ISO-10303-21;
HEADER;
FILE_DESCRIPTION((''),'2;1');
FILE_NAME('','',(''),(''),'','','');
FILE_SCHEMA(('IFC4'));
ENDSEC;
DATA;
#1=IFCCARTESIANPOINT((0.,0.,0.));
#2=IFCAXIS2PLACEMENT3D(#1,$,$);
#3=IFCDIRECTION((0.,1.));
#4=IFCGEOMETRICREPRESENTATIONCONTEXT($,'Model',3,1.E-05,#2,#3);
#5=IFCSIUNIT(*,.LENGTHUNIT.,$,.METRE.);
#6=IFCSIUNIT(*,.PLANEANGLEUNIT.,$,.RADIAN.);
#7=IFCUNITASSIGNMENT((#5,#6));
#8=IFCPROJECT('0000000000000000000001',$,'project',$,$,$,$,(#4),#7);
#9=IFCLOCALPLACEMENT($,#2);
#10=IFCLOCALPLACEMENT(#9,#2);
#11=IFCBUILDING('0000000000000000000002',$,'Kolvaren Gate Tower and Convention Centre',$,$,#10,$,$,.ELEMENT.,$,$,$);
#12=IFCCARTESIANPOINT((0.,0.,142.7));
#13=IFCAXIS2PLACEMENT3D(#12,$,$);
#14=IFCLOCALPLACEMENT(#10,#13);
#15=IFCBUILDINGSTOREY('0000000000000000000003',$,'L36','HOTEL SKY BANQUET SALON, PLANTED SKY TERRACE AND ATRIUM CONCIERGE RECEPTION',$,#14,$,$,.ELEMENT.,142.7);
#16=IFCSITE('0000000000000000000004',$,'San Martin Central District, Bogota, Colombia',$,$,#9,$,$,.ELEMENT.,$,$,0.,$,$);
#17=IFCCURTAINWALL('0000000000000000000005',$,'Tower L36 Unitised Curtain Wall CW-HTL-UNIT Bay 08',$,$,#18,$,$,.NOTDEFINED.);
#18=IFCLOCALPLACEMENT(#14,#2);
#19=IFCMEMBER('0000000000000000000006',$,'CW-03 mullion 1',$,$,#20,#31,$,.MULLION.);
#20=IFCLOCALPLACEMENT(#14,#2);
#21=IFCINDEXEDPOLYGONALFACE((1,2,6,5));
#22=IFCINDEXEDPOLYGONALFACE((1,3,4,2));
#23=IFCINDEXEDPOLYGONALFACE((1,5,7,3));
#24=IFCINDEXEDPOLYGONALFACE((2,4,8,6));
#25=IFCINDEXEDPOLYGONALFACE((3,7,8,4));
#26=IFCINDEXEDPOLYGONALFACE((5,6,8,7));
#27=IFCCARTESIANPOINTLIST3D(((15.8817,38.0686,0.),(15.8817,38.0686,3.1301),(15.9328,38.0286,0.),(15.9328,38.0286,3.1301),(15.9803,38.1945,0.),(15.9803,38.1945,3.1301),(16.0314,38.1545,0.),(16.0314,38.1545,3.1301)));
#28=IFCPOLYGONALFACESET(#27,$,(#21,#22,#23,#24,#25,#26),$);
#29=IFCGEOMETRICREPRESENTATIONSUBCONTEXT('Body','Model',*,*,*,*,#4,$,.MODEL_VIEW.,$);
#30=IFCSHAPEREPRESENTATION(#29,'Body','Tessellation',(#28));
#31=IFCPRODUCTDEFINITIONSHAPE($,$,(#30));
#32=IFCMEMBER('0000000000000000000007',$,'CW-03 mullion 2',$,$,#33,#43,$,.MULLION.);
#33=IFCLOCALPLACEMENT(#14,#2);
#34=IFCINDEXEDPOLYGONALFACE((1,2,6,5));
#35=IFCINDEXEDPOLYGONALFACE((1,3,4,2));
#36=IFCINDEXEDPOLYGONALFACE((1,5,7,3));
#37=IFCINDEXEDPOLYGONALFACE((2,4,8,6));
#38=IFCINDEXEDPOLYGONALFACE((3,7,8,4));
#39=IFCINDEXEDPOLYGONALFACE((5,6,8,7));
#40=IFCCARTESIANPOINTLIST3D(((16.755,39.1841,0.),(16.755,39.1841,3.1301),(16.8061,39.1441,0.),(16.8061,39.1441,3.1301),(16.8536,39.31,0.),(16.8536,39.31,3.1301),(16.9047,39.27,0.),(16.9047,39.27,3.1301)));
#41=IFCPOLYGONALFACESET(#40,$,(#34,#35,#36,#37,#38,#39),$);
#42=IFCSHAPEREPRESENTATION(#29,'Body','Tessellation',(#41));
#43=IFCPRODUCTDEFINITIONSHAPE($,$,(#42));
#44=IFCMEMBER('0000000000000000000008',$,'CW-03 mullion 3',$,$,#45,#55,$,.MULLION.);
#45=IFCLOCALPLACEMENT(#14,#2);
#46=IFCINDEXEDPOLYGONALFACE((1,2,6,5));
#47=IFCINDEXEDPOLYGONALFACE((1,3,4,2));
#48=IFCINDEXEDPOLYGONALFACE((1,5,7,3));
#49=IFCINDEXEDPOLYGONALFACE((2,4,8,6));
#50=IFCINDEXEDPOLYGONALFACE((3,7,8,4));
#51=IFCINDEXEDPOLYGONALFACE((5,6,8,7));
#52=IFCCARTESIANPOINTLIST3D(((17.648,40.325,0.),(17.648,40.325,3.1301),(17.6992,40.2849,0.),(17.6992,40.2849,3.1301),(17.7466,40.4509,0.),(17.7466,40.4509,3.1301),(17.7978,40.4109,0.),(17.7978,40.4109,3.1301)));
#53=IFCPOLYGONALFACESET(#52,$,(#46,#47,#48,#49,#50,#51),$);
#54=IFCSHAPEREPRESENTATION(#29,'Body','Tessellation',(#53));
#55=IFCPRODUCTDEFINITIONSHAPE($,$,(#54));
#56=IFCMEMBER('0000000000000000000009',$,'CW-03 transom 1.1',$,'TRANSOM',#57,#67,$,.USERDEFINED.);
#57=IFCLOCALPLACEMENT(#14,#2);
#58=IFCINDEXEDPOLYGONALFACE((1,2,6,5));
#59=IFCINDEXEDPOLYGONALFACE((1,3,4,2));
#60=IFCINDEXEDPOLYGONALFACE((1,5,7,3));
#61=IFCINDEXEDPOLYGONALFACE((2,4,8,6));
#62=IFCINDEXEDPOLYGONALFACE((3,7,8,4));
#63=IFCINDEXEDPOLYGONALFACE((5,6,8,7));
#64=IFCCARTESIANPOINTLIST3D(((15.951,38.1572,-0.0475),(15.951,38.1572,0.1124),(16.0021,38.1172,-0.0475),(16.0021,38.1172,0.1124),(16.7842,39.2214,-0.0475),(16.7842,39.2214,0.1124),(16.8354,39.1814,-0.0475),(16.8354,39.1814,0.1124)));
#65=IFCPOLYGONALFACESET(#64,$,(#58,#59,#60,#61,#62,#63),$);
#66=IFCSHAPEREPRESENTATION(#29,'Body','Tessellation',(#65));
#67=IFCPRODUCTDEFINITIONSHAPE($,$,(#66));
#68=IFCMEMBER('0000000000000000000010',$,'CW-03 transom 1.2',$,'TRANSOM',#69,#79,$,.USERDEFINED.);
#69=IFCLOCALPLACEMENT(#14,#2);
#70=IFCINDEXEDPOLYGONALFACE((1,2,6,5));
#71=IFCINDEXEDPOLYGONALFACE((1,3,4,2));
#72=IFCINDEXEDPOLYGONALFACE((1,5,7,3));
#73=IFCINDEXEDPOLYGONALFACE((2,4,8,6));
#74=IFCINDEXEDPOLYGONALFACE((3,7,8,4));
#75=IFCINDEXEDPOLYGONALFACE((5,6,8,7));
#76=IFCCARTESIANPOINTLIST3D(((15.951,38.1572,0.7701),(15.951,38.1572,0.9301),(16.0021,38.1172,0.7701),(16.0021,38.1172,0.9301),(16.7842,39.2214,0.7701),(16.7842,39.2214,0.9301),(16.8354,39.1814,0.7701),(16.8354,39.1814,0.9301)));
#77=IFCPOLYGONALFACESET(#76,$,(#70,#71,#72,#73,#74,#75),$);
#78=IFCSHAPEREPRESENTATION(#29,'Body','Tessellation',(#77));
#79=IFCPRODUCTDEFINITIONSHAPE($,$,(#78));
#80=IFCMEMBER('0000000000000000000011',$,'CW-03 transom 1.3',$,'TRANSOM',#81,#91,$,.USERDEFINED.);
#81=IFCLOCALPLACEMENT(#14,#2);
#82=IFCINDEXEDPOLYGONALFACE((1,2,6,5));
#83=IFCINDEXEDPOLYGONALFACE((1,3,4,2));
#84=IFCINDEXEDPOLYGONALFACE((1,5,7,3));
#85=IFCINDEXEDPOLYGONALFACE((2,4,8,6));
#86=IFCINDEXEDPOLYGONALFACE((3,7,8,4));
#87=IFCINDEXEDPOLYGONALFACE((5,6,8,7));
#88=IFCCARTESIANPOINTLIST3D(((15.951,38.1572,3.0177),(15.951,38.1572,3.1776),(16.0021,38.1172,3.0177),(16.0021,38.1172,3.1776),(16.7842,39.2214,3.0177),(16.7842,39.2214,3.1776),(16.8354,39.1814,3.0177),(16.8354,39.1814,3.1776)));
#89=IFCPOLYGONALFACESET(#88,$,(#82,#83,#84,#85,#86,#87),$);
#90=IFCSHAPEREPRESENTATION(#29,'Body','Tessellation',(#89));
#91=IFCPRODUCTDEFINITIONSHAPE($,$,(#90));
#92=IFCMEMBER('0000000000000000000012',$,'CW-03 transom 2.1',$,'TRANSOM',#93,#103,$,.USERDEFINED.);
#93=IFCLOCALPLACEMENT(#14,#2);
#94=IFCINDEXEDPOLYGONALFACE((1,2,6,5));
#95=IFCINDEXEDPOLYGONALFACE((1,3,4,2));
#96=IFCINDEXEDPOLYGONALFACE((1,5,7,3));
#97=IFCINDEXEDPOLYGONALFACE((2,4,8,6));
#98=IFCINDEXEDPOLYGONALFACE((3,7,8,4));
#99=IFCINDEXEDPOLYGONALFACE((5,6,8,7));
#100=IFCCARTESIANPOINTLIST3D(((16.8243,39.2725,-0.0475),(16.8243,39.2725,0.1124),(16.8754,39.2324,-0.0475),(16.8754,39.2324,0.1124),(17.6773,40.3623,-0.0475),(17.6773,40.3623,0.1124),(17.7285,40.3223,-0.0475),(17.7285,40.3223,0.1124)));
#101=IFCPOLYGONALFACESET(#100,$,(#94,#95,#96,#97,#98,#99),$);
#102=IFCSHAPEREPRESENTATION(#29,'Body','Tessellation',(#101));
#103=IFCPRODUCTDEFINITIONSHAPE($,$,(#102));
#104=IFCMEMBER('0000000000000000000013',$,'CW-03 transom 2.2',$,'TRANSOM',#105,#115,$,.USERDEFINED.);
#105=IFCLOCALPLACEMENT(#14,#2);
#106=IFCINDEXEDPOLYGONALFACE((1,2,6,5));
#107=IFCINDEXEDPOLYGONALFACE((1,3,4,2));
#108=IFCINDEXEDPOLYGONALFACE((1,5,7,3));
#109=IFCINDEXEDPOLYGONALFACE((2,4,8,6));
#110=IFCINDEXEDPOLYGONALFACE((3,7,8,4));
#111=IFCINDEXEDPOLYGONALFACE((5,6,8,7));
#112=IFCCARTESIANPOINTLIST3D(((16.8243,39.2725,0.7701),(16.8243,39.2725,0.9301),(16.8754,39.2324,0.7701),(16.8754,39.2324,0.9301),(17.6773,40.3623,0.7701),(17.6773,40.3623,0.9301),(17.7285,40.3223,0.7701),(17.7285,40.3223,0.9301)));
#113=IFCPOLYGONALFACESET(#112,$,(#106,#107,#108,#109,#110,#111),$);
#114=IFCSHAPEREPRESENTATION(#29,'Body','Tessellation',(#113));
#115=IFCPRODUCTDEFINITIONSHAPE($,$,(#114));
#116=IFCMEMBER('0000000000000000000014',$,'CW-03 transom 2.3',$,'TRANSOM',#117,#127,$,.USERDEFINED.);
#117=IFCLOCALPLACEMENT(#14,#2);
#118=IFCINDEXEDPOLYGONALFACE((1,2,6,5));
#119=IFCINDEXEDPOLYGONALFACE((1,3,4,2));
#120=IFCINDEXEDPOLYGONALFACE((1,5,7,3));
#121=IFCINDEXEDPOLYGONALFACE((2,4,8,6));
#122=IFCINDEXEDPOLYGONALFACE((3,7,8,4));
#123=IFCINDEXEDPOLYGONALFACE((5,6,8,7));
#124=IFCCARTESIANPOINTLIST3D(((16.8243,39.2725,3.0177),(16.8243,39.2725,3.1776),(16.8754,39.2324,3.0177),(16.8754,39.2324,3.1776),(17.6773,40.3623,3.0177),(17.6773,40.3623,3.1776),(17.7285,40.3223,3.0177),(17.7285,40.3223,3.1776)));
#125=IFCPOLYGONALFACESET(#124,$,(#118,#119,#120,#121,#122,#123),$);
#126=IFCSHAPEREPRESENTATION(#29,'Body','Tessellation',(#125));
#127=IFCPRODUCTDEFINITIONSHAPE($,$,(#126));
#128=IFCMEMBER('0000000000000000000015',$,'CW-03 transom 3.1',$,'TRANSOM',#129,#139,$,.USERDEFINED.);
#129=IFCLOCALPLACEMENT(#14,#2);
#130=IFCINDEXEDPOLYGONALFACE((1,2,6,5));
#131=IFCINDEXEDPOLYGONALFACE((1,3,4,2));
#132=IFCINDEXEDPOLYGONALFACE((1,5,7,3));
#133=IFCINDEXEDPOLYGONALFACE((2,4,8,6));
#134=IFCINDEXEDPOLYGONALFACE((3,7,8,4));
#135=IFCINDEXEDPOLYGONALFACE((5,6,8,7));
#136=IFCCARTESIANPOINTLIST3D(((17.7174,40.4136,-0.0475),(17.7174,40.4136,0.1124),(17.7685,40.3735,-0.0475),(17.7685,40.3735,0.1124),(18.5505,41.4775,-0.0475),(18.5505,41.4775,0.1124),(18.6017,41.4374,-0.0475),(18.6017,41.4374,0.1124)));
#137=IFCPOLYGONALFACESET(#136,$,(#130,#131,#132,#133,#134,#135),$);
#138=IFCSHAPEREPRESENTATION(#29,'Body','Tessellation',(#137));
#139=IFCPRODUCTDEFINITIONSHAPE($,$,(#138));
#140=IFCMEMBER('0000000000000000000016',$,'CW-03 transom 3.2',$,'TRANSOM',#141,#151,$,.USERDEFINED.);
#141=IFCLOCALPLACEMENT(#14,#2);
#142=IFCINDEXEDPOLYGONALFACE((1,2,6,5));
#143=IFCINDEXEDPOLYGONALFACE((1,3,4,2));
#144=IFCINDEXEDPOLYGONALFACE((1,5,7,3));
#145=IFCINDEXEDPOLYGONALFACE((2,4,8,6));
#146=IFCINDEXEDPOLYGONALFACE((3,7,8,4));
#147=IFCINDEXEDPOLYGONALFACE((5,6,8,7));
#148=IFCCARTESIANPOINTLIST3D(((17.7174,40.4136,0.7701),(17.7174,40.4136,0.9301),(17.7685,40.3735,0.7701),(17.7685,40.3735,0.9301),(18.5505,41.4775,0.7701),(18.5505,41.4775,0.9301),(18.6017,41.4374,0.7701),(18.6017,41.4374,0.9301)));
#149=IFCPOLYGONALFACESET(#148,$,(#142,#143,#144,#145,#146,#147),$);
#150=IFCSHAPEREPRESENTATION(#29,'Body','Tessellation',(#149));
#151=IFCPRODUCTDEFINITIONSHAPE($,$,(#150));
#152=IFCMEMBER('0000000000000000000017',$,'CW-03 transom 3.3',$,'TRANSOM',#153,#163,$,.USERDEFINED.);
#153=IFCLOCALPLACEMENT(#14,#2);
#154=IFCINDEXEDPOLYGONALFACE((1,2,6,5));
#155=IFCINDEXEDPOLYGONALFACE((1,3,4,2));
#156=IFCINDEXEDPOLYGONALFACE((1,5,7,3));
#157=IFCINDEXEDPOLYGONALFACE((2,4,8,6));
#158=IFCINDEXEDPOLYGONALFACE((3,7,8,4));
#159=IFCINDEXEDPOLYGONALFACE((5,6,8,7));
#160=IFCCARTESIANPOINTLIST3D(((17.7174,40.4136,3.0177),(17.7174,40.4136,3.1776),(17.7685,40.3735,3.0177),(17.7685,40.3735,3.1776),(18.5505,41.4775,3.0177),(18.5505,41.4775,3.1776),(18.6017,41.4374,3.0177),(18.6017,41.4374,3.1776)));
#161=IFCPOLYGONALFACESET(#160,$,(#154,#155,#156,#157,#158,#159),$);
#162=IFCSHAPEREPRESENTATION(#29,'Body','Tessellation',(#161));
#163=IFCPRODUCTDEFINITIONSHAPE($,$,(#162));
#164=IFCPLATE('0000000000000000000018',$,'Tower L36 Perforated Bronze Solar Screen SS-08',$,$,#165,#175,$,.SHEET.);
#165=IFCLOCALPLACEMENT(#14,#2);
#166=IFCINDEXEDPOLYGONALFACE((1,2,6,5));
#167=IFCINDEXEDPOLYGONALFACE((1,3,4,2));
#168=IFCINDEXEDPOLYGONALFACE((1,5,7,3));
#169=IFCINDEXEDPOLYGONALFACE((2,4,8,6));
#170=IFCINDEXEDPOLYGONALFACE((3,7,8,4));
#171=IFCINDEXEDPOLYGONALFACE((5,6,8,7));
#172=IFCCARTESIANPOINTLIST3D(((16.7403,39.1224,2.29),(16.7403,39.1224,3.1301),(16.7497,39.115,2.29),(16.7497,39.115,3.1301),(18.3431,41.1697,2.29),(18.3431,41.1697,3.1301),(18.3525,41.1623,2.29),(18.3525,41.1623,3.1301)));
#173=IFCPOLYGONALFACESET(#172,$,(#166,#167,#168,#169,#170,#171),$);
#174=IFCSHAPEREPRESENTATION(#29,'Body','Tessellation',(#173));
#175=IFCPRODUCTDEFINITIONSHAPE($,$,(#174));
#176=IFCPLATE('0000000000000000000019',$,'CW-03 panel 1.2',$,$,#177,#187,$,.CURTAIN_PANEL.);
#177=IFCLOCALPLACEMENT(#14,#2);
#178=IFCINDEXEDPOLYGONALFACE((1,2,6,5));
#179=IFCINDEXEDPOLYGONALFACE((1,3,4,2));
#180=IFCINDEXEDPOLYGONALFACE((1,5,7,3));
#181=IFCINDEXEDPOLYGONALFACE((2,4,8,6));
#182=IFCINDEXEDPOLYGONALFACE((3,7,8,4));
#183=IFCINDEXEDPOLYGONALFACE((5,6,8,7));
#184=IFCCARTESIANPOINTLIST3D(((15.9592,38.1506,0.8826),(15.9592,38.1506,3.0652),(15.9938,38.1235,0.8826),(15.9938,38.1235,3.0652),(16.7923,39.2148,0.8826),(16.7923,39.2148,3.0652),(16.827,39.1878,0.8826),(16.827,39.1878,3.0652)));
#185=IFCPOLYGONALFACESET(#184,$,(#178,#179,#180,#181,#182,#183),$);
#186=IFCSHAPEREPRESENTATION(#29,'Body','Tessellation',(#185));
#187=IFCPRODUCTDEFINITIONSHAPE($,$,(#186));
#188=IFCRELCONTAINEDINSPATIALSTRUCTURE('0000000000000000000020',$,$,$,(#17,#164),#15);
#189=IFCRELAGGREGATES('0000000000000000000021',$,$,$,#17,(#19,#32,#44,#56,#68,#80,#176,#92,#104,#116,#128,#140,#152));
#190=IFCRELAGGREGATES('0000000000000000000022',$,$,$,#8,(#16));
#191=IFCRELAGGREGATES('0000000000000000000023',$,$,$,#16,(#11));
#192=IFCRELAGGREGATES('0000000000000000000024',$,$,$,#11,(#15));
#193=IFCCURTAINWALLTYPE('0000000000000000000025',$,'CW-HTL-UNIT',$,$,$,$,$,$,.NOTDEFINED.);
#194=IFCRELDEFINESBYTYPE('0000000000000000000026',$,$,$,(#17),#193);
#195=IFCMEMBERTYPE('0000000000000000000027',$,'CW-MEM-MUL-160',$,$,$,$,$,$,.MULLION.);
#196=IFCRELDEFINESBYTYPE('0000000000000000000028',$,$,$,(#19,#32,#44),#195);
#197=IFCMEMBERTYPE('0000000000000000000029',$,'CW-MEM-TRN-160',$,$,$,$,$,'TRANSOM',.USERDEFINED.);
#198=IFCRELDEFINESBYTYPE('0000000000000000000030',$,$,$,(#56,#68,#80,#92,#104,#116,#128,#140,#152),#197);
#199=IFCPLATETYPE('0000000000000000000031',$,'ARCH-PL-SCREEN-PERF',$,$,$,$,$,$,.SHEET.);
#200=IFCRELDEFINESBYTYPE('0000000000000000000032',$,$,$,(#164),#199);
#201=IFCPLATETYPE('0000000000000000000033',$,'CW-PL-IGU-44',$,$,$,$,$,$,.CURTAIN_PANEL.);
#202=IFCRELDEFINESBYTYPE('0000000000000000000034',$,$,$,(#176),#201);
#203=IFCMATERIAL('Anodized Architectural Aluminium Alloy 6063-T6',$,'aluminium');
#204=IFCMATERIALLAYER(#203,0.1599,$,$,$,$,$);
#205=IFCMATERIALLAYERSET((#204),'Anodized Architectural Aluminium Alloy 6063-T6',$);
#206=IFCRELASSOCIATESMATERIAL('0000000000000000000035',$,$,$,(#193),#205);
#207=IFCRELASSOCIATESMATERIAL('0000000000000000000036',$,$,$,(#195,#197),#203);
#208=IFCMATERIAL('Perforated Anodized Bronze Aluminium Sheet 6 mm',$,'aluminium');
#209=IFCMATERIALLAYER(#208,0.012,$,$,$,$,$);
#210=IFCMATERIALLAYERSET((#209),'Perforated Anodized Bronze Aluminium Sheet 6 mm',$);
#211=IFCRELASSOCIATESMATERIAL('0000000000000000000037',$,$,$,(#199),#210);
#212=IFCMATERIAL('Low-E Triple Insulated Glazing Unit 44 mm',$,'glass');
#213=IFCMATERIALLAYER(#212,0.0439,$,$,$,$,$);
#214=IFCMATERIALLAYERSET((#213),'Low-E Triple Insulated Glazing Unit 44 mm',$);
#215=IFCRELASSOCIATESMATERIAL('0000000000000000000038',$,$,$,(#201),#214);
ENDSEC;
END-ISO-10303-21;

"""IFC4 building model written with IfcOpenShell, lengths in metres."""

from ifc_helpers import new_model, si_unit, direction, frame, origin, origin_2d, place, context, subcontext, project, spatial, rectangle, extrude, material, layer, layer_set, material_profile, profile_set, type_object, element, aggregate, save


model = new_model("IFC4")

# Units and contexts
model_context = context("Model", 3, precision=1e-05, world=origin(), true_north=direction((0.0, 1.0)))
body_context = subcontext(model_context, "Body", "Model", "MODEL_VIEW")
ifc_project = project(units=[si_unit("LENGTHUNIT", "METRE"), si_unit("PLANEANGLEUNIT", "RADIAN")], contexts=[model_context])

# Site, building, storey
site_placement = place(None, origin())
site = spatial("IfcSite", under=ifc_project, at=site_placement, Name="San Martin Central District, Bogota, Colombia", CompositionType="ELEMENT", RefElevation=0.0)
building_placement = place(site_placement, origin())
building = spatial("IfcBuilding", under=site, at=building_placement, Name="Kolvaren Gate Tower and Convention Centre", CompositionType="ELEMENT")
storey_placement = place(building_placement, frame((0.0, 0.0, 142.7)))
storey = spatial("IfcBuildingStorey", under=building, at=storey_placement, Name="L36", Description="HOTEL SKY BANQUET SALON, PLANTED SKY TERRACE AND ATRIUM CONCIERGE RECEPTION", CompositionType="ELEMENT", Elevation=142.7)

# Curtain wall, members
ifc_material_1 = material(Name="Anodized Architectural Aluminium Alloy 6063-T6", Category="aluminium")
ifc_layer_1 = layer(ifc_material_1, 0.1599)
ifc_layer_set_1 = layer_set([ifc_layer_1], Name="Anodized Architectural Aluminium Alloy 6063-T6")
curtain_wall_type = type_object("IfcCurtainWallType", Name="CW-HTL-UNIT", PredefinedType="NOTDEFINED", material=ifc_layer_set_1)
curtain_wall_placement = place(storey_placement, origin())
curtain_wall = element("IfcCurtainWall", 1, at=curtain_wall_placement, inside=storey, type_object=curtain_wall_type, Name="Tower L36 Unitised Curtain Wall CW-HTL-UNIT Bay 08", PredefinedType="NOTDEFINED")
ifc_material_profile_1 = material_profile(ifc_material_1, rectangle(XDim=0.0649, YDim=0.1599, at=origin_2d()), Name="CW-MEM-MUL-160")
ifc_profile_set_1 = profile_set([ifc_material_profile_1], Name="Anodized Architectural Aluminium Alloy 6063-T6")
member_type_1 = type_object("IfcMemberType", Name="CW-MEM-MUL-160", PredefinedType="MULLION", material=ifc_profile_set_1)
member_1_placement = place(storey_placement, frame((15.9565, 38.1116, 0.0), z_axis=(0.0, 0.0, 1.0), x_axis=(-0.787395, 0.616449, 0.0)))
member_1 = element("IfcMember", 2, at=member_1_placement, type_object=member_type_1, Name="CW-03 mullion 1", PredefinedType="MULLION", context=body_context, shape_type="SweptSolid", body=[
    extrude(rectangle(XDim=0.0649, YDim=0.1599, at=origin_2d()), origin(), (0.0, 0.0, 1.0), 3.1301),
])
member_2_placement = place(storey_placement, frame((16.8298, 39.2271, 0.0), z_axis=(0.0, 0.0, 1.0), x_axis=(-0.787395, 0.616449, 0.0)))
member_2 = element("IfcMember", 3, at=member_2_placement, type_object=member_type_1, Name="CW-03 mullion 2", PredefinedType="MULLION", context=body_context, shape_type="SweptSolid", body=[
    extrude(rectangle(XDim=0.0649, YDim=0.1599, at=origin_2d()), origin(), (0.0, 0.0, 1.0), 3.1301),
])
member_3_placement = place(storey_placement, frame((17.7229, 40.3679, 0.0), z_axis=(0.0, 0.0, 1.0), x_axis=(-0.787395, 0.616449, 0.0)))
member_3 = element("IfcMember", 4, at=member_3_placement, type_object=member_type_1, Name="CW-03 mullion 3", PredefinedType="MULLION", context=body_context, shape_type="SweptSolid", body=[
    extrude(rectangle(XDim=0.0649, YDim=0.1599, at=origin_2d()), origin(), (0.0, 0.0, 1.0), 3.1301),
])
ifc_material_profile_2 = material_profile(ifc_material_1, rectangle(XDim=0.0649, YDim=0.1599, at=origin_2d()), Name="CW-MEM-TRN-160")
ifc_profile_set_2 = profile_set([ifc_material_profile_2], Name="Anodized Architectural Aluminium Alloy 6063-T6")
member_type_2 = type_object("IfcMemberType", Name="CW-MEM-TRN-160", ElementType="TRANSOM", PredefinedType="USERDEFINED", material=ifc_profile_set_2)
member_4_placement = place(storey_placement, frame((15.9766, 38.1372, 0.0325), z_axis=(0.616488, 0.787364, 0.0), x_axis=(-0.787364, 0.616488, 0.0)))
member_4 = element("IfcMember", 5, at=member_4_placement, type_object=member_type_2, Name="CW-03 transom 1.1", ObjectType="TRANSOM", PredefinedType="USERDEFINED", context=body_context, shape_type="SweptSolid", body=[
    extrude(rectangle(XDim=0.0649, YDim=0.1599, at=origin_2d()), origin(), (0.0, 0.0, 1.0), 1.3516),
])
member_5_placement = place(storey_placement, frame((15.9766, 38.1372, 0.8501), z_axis=(0.616488, 0.787364, 0.0), x_axis=(-0.787364, 0.616488, 0.0)))
member_5 = element("IfcMember", 6, at=member_5_placement, type_object=member_type_2, Name="CW-03 transom 1.2", ObjectType="TRANSOM", PredefinedType="USERDEFINED", context=body_context, shape_type="SweptSolid", body=[
    extrude(rectangle(XDim=0.0649, YDim=0.1599, at=origin_2d()), origin(), (0.0, 0.0, 1.0), 1.3516),
])
member_6_placement = place(storey_placement, frame((15.9766, 38.1372, 3.0977), z_axis=(0.616488, 0.787364, 0.0), x_axis=(-0.787364, 0.616488, 0.0)))
member_6 = element("IfcMember", 7, at=member_6_placement, type_object=member_type_2, Name="CW-03 transom 1.3", ObjectType="TRANSOM", PredefinedType="USERDEFINED", context=body_context, shape_type="SweptSolid", body=[
    extrude(rectangle(XDim=0.0649, YDim=0.1599, at=origin_2d()), origin(), (0.0, 0.0, 1.0), 1.3516),
])
member_7_placement = place(storey_placement, frame((16.8499, 39.2524, 0.0325), z_axis=(0.616356, 0.787468, 0.0), x_axis=(-0.787468, 0.616356, 0.0)))
member_7 = element("IfcMember", 8, at=member_7_placement, type_object=member_type_2, Name="CW-03 transom 2.1", ObjectType="TRANSOM", PredefinedType="USERDEFINED", context=body_context, shape_type="SweptSolid", body=[
    extrude(rectangle(XDim=0.0649, YDim=0.1599, at=origin_2d()), origin(), (0.0, 0.0, 1.0), 1.384),
])
member_8_placement = place(storey_placement, frame((16.8499, 39.2524, 0.8501), z_axis=(0.616356, 0.787468, 0.0), x_axis=(-0.787468, 0.616356, 0.0)))
member_8 = element("IfcMember", 9, at=member_8_placement, type_object=member_type_2, Name="CW-03 transom 2.2", ObjectType="TRANSOM", PredefinedType="USERDEFINED", context=body_context, shape_type="SweptSolid", body=[
    extrude(rectangle(XDim=0.0649, YDim=0.1599, at=origin_2d()), origin(), (0.0, 0.0, 1.0), 1.384),
])
member_9_placement = place(storey_placement, frame((16.8499, 39.2524, 3.0977), z_axis=(0.616356, 0.787468, 0.0), x_axis=(-0.787468, 0.616356, 0.0)))
member_9 = element("IfcMember", 10, at=member_9_placement, type_object=member_type_2, Name="CW-03 transom 2.3", ObjectType="TRANSOM", PredefinedType="USERDEFINED", context=body_context, shape_type="SweptSolid", body=[
    extrude(rectangle(XDim=0.0649, YDim=0.1599, at=origin_2d()), origin(), (0.0, 0.0, 1.0), 1.384),
])
member_10_placement = place(storey_placement, frame((17.7429, 40.3936, 0.0325), z_axis=(0.616576, 0.787295, 0.0), x_axis=(-0.787295, 0.616576, 0.0)))
member_10 = element("IfcMember", 11, at=member_10_placement, type_object=member_type_2, Name="CW-03 transom 3.1", ObjectType="TRANSOM", PredefinedType="USERDEFINED", context=body_context, shape_type="SweptSolid", body=[
    extrude(rectangle(XDim=0.0649, YDim=0.1599, at=origin_2d()), origin(), (0.0, 0.0, 1.0), 1.3513),
])
member_11_placement = place(storey_placement, frame((17.7429, 40.3936, 0.8501), z_axis=(0.616576, 0.787295, 0.0), x_axis=(-0.787295, 0.616576, 0.0)))
member_11 = element("IfcMember", 12, at=member_11_placement, type_object=member_type_2, Name="CW-03 transom 3.2", ObjectType="TRANSOM", PredefinedType="USERDEFINED", context=body_context, shape_type="SweptSolid", body=[
    extrude(rectangle(XDim=0.0649, YDim=0.1599, at=origin_2d()), origin(), (0.0, 0.0, 1.0), 1.3513),
])
member_12_placement = place(storey_placement, frame((17.7429, 40.3936, 3.0977), z_axis=(0.616576, 0.787295, 0.0), x_axis=(-0.787295, 0.616576, 0.0)))
member_12 = element("IfcMember", 13, at=member_12_placement, type_object=member_type_2, Name="CW-03 transom 3.3", ObjectType="TRANSOM", PredefinedType="USERDEFINED", context=body_context, shape_type="SweptSolid", body=[
    extrude(rectangle(XDim=0.0649, YDim=0.1599, at=origin_2d()), origin(), (0.0, 0.0, 1.0), 1.3513),
])

# Plates
ifc_material_2 = material(Name="Perforated Anodized Bronze Aluminium Sheet 6 mm", Category="aluminium")
ifc_layer_2 = layer(ifc_material_2, 0.012)
ifc_layer_set_2 = layer_set([ifc_layer_2], Name="Perforated Anodized Bronze Aluminium Sheet 6 mm")
plate_type_1 = type_object("IfcPlateType", Name="ARCH-PL-SCREEN-PERF", PredefinedType="SHEET", material=ifc_layer_set_2)
plate_1_placement = place(storey_placement, frame((17.5464, 40.1423, 2.29), z_axis=(0.0, 0.0, 1.0), x_axis=(0.616446, 0.787397, 0.0)))
element("IfcPlate", 14, at=plate_1_placement, inside=storey, type_object=plate_type_1, Name="Tower L36 Perforated Bronze Solar Screen SS-08", PredefinedType="SHEET", context=body_context, shape_type="SweptSolid", body=[
    extrude(rectangle(XDim=2.6001, YDim=0.012, at=origin_2d()), origin(), (0.0, 0.0, 1.0), 0.8401),
])
ifc_material_3 = material(Name="Low-E Triple Insulated Glazing Unit 44 mm", Category="glass")
ifc_layer_3 = layer(ifc_material_3, 0.0439)
ifc_layer_set_3 = layer_set([ifc_layer_3], Name="Low-E Triple Insulated Glazing Unit 44 mm")
plate_type_2 = type_object("IfcPlateType", Name="CW-PL-IGU-44", PredefinedType="CURTAIN_PANEL", material=ifc_layer_set_3)
plate_2_placement = place(storey_placement, frame((16.3931, 38.6692, 0.8826), z_axis=(0.0, 0.0, 1.0), x_axis=(0.616449, 0.787395, 0.0)))
plate_2 = element("IfcPlate", 15, at=plate_2_placement, type_object=plate_type_2, Name="CW-03 panel 1.2", PredefinedType="CURTAIN_PANEL", context=body_context, shape_type="SweptSolid", body=[
    extrude(rectangle(XDim=1.3516, YDim=0.0439, at=origin_2d()), origin(), (0.0, 0.0, 1.0), 2.1826),
])
aggregate(curtain_wall, [member_1, member_2, member_3, member_4, member_5, member_6, plate_2, member_7, member_8, member_9, member_10, member_11, member_12])

save(model, "model.ifc")
